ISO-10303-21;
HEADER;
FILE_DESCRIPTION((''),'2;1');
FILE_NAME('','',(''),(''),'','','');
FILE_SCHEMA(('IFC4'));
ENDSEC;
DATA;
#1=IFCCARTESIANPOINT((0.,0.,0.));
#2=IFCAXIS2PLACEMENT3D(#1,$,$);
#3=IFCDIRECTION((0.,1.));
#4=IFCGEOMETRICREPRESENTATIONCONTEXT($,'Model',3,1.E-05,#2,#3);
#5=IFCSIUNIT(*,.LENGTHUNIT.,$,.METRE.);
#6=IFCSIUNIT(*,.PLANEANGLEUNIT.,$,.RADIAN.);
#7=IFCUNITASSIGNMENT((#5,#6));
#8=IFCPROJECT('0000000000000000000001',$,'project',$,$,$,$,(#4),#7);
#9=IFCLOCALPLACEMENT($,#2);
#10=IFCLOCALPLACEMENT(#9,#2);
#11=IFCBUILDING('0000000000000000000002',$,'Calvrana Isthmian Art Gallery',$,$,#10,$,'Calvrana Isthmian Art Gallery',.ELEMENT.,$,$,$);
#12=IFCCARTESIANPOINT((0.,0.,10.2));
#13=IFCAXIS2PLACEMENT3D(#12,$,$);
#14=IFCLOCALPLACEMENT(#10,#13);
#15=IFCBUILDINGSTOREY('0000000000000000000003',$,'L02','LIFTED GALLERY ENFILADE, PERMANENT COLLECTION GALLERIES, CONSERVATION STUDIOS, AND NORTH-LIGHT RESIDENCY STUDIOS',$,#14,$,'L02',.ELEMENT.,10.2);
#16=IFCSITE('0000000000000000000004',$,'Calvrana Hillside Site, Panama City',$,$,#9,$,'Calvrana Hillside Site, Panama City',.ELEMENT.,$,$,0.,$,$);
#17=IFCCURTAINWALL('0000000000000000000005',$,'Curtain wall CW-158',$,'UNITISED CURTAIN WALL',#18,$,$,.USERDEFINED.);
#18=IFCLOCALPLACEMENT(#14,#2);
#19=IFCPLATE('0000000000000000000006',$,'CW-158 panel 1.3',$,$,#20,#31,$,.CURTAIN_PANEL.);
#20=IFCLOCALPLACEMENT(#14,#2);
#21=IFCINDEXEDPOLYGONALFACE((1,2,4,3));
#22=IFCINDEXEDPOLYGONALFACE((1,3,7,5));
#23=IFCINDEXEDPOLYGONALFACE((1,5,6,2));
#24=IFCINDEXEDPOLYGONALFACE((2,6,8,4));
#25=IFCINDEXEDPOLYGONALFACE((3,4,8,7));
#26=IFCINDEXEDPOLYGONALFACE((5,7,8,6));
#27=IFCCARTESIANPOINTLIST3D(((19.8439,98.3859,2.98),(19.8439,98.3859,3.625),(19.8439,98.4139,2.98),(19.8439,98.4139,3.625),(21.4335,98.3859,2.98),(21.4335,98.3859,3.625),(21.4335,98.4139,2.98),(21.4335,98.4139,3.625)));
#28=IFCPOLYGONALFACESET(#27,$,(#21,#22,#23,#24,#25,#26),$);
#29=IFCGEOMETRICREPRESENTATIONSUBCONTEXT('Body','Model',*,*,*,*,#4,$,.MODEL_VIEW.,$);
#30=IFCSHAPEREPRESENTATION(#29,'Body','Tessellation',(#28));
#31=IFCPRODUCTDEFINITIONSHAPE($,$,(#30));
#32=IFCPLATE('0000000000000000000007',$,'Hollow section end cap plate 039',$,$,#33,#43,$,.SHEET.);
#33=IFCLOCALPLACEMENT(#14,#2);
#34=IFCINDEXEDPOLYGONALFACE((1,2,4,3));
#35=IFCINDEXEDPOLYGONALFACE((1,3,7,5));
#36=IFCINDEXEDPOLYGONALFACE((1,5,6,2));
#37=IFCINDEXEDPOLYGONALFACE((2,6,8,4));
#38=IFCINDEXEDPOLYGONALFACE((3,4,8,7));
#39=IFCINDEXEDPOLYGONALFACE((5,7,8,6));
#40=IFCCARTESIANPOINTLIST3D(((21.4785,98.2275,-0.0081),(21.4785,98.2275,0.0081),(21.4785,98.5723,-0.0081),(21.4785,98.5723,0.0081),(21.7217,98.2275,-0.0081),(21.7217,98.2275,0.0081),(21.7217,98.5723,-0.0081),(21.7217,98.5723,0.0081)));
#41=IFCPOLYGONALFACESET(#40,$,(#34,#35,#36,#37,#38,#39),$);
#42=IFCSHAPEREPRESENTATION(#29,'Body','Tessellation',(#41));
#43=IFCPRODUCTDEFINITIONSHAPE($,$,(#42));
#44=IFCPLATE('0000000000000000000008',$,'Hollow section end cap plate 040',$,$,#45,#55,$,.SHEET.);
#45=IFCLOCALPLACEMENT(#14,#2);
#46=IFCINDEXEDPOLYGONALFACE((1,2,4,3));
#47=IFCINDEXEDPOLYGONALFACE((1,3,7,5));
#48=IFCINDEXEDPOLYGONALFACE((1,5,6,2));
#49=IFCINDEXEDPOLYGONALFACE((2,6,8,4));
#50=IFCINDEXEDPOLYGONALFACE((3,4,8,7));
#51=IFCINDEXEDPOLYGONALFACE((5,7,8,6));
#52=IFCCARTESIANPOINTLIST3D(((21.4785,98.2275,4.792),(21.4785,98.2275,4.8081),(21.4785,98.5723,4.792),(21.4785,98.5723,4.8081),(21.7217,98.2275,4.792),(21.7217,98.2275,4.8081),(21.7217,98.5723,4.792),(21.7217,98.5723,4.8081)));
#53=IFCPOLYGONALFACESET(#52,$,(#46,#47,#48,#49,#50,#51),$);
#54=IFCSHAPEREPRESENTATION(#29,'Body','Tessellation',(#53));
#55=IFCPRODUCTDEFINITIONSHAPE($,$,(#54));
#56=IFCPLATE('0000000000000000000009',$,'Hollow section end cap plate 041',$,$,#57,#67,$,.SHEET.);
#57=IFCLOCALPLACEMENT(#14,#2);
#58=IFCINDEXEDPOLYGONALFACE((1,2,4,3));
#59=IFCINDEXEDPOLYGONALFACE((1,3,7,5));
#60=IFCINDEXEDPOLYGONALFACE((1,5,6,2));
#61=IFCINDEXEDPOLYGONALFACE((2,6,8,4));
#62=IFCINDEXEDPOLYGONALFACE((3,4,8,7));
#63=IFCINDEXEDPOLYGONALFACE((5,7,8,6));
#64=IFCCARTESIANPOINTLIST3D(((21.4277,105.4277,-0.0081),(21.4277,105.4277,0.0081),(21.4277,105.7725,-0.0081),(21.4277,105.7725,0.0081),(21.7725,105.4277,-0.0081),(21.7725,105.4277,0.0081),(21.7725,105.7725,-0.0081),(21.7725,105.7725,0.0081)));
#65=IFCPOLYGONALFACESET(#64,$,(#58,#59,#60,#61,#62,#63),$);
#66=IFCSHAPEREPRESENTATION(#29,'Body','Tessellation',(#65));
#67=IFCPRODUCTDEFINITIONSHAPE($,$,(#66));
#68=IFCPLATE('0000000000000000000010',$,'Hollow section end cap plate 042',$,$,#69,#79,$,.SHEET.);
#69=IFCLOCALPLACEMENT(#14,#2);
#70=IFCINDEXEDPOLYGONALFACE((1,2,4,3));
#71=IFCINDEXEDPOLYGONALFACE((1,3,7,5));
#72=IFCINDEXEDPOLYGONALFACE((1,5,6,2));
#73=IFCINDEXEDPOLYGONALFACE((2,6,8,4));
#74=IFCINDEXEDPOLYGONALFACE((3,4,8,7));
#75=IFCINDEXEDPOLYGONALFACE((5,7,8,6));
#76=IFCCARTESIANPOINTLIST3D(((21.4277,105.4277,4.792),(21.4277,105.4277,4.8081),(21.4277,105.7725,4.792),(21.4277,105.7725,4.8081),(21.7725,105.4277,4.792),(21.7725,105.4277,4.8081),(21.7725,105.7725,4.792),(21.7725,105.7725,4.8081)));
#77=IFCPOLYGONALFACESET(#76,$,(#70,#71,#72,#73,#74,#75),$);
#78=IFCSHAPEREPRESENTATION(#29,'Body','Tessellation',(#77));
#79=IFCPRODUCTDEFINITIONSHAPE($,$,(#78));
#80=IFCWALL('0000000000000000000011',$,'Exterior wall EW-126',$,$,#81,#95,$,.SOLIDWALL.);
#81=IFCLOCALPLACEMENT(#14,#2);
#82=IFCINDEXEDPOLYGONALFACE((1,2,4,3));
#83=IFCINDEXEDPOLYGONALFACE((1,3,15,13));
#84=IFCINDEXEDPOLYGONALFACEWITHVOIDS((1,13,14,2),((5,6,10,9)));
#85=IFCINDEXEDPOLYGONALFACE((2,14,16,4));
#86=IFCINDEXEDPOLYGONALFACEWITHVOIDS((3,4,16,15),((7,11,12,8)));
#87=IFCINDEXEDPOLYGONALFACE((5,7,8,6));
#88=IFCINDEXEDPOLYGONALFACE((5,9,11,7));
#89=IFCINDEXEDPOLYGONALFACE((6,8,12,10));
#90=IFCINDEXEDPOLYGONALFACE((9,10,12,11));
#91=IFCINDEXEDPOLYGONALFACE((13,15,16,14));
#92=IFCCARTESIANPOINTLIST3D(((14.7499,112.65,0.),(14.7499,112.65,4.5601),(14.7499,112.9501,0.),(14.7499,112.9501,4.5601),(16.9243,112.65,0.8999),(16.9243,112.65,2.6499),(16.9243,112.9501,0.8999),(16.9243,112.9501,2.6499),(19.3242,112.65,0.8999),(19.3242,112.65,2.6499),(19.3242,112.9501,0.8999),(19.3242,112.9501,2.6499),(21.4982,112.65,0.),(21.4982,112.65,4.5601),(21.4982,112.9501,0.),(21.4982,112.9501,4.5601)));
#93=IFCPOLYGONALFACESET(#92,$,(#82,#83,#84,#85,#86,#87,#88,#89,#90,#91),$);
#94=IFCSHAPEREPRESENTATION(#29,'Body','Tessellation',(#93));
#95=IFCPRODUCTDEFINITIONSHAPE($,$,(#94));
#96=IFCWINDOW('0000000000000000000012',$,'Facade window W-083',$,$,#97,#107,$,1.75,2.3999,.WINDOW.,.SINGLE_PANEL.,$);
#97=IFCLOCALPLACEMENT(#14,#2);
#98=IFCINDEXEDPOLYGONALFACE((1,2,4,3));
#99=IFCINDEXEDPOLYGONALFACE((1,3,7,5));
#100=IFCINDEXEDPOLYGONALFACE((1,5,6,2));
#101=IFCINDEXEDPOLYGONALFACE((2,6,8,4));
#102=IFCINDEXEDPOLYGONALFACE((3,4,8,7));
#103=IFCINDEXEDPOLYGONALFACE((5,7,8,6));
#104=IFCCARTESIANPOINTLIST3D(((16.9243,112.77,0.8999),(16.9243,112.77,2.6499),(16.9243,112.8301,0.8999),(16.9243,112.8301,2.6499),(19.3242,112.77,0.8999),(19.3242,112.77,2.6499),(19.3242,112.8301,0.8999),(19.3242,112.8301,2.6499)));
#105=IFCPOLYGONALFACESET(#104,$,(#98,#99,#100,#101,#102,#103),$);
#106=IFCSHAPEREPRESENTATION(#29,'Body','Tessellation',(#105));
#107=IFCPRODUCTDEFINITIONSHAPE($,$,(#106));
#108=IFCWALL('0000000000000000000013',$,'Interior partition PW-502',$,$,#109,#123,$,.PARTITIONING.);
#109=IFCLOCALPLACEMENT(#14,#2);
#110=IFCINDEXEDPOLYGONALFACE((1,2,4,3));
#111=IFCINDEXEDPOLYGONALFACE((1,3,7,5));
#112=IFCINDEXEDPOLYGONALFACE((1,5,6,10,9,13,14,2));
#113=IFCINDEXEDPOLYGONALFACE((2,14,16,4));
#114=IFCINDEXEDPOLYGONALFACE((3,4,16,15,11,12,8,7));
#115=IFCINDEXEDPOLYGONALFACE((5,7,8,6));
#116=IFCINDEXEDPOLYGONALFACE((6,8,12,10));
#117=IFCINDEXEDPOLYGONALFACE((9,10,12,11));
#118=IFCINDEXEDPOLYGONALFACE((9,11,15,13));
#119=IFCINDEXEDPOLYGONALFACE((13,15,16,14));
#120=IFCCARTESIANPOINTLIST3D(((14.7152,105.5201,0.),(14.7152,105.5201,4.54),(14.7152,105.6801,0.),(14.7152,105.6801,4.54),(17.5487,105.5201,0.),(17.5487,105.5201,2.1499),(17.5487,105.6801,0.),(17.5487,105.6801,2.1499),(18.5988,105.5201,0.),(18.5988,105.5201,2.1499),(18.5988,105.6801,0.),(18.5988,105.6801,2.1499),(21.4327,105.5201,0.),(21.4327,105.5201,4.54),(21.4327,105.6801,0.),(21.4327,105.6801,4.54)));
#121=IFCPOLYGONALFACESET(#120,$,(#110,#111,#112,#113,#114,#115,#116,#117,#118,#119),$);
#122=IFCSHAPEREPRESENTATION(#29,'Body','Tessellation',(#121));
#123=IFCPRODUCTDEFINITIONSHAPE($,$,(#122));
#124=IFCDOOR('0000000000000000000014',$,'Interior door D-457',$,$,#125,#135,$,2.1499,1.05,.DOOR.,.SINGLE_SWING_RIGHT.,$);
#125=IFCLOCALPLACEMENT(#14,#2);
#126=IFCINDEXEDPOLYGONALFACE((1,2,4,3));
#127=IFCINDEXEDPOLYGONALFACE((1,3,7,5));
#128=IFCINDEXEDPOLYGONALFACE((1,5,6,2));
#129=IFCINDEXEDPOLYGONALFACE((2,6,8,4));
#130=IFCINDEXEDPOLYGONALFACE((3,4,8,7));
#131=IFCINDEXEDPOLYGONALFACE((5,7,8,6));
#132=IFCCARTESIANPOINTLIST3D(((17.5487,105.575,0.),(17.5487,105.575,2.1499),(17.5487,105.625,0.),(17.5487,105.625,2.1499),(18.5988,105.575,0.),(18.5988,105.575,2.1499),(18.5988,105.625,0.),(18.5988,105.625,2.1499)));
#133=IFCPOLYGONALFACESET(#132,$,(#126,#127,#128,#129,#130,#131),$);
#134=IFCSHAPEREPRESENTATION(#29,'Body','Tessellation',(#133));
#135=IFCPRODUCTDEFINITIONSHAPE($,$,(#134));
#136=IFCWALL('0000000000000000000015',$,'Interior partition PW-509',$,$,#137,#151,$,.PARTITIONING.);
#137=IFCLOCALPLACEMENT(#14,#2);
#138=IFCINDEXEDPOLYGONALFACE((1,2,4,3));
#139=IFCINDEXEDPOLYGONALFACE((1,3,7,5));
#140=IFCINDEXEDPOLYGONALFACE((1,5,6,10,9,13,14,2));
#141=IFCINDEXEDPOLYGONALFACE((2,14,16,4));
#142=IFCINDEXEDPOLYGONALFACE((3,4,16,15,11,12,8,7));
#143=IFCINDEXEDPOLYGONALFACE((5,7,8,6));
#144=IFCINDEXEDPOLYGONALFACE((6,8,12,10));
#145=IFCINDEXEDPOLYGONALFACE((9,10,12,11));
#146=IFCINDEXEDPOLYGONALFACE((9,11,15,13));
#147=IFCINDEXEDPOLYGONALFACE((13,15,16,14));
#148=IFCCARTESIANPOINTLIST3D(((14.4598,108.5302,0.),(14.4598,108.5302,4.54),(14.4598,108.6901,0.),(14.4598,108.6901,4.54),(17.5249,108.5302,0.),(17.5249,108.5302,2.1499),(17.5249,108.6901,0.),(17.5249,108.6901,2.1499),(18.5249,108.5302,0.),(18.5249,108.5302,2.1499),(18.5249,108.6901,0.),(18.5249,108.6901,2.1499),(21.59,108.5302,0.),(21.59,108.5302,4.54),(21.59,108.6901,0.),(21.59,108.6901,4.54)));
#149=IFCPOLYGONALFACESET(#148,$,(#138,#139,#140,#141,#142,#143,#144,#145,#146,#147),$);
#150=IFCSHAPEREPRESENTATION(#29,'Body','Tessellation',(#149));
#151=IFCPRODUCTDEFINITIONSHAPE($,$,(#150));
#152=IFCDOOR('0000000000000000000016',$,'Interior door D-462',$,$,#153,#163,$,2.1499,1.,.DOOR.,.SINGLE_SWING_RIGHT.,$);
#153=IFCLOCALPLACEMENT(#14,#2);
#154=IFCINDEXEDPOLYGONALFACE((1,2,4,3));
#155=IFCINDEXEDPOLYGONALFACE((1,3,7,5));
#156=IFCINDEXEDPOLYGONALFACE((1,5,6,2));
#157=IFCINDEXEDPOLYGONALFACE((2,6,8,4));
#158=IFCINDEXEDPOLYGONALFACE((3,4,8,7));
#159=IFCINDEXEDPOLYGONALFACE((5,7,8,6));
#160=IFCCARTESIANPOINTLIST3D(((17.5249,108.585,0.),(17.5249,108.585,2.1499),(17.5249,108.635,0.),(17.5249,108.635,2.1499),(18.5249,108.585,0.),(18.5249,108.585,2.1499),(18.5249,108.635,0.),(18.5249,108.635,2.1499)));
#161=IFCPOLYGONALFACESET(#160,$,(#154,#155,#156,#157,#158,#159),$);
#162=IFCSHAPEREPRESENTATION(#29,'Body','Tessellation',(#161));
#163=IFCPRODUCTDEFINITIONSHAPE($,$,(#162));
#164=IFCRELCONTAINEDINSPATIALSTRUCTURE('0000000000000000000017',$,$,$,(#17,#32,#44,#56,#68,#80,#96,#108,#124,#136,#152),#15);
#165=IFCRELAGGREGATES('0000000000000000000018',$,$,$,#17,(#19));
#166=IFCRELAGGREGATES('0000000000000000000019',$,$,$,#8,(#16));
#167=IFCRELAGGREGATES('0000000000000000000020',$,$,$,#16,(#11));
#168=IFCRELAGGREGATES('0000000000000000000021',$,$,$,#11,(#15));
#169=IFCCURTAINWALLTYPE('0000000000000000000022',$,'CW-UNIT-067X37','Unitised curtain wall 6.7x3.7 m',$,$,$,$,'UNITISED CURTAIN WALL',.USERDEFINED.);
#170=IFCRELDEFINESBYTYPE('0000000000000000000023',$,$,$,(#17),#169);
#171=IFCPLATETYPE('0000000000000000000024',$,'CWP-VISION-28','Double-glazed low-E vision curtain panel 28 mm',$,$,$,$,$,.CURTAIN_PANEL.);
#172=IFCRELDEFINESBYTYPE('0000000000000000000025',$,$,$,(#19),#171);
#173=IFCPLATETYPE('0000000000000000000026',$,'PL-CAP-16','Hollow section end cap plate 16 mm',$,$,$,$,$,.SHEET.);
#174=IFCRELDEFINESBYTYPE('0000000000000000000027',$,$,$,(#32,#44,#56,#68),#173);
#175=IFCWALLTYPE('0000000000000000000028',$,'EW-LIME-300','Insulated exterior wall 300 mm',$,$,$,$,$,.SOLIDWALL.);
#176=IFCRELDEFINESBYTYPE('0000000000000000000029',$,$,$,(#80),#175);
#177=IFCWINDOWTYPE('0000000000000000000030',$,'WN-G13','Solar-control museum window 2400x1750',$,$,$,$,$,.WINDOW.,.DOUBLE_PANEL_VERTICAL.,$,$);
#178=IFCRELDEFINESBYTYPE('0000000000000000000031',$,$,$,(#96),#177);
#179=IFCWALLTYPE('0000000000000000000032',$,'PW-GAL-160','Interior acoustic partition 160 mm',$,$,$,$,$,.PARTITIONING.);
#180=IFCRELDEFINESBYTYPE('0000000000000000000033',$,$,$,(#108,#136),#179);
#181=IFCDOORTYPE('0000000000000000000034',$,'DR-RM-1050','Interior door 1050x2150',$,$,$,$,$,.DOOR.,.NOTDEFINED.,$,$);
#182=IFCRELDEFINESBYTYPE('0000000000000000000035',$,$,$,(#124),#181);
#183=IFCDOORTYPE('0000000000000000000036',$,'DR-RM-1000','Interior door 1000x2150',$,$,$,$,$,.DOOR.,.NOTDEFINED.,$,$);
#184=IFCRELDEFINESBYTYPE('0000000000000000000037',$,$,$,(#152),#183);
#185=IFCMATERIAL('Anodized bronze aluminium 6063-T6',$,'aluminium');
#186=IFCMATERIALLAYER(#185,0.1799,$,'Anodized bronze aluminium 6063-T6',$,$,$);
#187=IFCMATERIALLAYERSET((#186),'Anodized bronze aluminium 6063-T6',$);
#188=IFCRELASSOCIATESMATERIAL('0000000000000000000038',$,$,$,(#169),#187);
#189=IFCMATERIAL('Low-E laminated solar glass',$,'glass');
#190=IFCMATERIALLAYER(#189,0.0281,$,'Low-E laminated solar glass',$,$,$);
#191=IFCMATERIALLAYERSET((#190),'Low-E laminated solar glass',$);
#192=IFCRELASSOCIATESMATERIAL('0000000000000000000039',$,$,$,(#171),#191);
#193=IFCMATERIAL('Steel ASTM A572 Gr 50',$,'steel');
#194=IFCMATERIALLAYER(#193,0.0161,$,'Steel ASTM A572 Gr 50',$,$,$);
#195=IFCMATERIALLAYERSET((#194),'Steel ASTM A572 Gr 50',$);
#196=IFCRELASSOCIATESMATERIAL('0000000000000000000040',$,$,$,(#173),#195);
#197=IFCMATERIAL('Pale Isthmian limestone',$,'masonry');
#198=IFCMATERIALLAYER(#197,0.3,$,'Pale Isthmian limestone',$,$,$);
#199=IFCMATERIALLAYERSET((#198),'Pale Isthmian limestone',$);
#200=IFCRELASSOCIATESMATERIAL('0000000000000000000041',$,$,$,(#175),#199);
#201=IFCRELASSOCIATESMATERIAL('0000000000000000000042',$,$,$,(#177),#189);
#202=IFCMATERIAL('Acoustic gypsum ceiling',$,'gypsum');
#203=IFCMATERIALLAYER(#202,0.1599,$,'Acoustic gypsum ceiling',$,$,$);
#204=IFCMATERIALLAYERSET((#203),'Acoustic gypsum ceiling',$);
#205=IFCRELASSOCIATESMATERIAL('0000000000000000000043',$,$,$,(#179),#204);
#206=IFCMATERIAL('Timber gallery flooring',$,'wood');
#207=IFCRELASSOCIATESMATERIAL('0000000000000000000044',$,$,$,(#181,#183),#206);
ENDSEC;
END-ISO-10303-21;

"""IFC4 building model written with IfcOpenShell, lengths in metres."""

from ifc_helpers import new_model, si_unit, direction, frame, frame_2d, origin, origin_2d, place, context, subcontext, project, spatial, rectangle, extrude, material, layer, layer_set, type_object, element, fill, aggregate, save


model = new_model("IFC4")

# Units and contexts
model_context = context("Model", 3, precision=1e-05, world=origin(), true_north=direction((0.0, 1.0)))
body_context = subcontext(model_context, "Body", "Model", "MODEL_VIEW")
ifc_project = project(units=[si_unit("LENGTHUNIT", "METRE"), si_unit("PLANEANGLEUNIT", "RADIAN")], contexts=[model_context])

# Site, building, storey
site_placement = place(None, origin())
site = spatial("IfcSite", under=ifc_project, at=site_placement, Name="Calvrana Hillside Site, Panama City", LongName="Calvrana Hillside Site, Panama City", CompositionType="ELEMENT", RefElevation=0.0)
building_placement = place(site_placement, origin())
building = spatial("IfcBuilding", under=site, at=building_placement, Name="Calvrana Isthmian Art Gallery", LongName="Calvrana Isthmian Art Gallery", CompositionType="ELEMENT")
storey_placement = place(building_placement, frame((0.0, 0.0, 10.2)))
storey = spatial("IfcBuildingStorey", under=building, at=storey_placement, Name="L02", Description="LIFTED GALLERY ENFILADE, PERMANENT COLLECTION GALLERIES, CONSERVATION STUDIOS, AND NORTH-LIGHT RESIDENCY STUDIOS", LongName="L02", CompositionType="ELEMENT", Elevation=10.2)

# Curtain wall, plate
ifc_material_1 = material(Name="Anodized bronze aluminium 6063-T6", Category="aluminium")
ifc_layer_1 = layer(ifc_material_1, 0.1799, Name="Anodized bronze aluminium 6063-T6")
ifc_layer_set_1 = layer_set([ifc_layer_1], Name="Anodized bronze aluminium 6063-T6")
curtain_wall_type = type_object("IfcCurtainWallType", Name="CW-UNIT-067X37", Description="Unitised curtain wall 6.7x3.7 m", ElementType="UNITISED CURTAIN WALL", PredefinedType="USERDEFINED", material=ifc_layer_set_1)
curtain_wall_placement = place(storey_placement, origin())
curtain_wall = element("IfcCurtainWall", 1, at=curtain_wall_placement, inside=storey, type_object=curtain_wall_type, Name="Curtain wall CW-158", ObjectType="UNITISED CURTAIN WALL", PredefinedType="USERDEFINED")
ifc_material_2 = material(Name="Low-E laminated solar glass", Category="glass")
ifc_layer_2 = layer(ifc_material_2, 0.0281, Name="Low-E laminated solar glass")
ifc_layer_set_2 = layer_set([ifc_layer_2], Name="Low-E laminated solar glass")
plate_type_1 = type_object("IfcPlateType", Name="CWP-VISION-28", Description="Double-glazed low-E vision curtain panel 28 mm", PredefinedType="CURTAIN_PANEL", material=ifc_layer_set_2)
plate_placement = place(storey_placement, frame((20.6387, 98.3999, 2.98), z_axis=(0.0, 0.0, 1.0), x_axis=(-1.0, 0.0, 0.0)))
plate = element("IfcPlate", 2, at=plate_placement, type_object=plate_type_1, Name="CW-158 panel 1.3", PredefinedType="CURTAIN_PANEL", context=body_context, shape_type="SweptSolid", body=[
    extrude(rectangle(XDim=1.5896, YDim=0.0281, at=origin_2d()), origin(), (0.0, 0.0, 1.0), 0.645),
])
aggregate(curtain_wall, [plate])

# Plates
ifc_material_3 = material(Name="Steel ASTM A572 Gr 50", Category="steel")
ifc_layer_3 = layer(ifc_material_3, 0.0161, Name="Steel ASTM A572 Gr 50")
ifc_layer_set_3 = layer_set([ifc_layer_3], Name="Steel ASTM A572 Gr 50")
plate_type_2 = type_object("IfcPlateType", Name="PL-CAP-16", Description="Hollow section end cap plate 16 mm", PredefinedType="SHEET", material=ifc_layer_set_3)
for number, where, z_axis, x_axis, name in (
    (3, (21.6001, 98.3999, -0.0081), (0.0, 0.0, 1.0), (1.0, 0.0, 0.0), "Hollow section end cap plate 039"),
    (4, (21.6001, 98.3999, 4.792), (0.0, 0.0, 1.0), (1.0, 0.0, 0.0), "Hollow section end cap plate 040"),
):
    element("IfcPlate", number, at=place(storey_placement, frame(where, z_axis=z_axis, x_axis=x_axis)), inside=storey, type_object=plate_type_2, Name=name, PredefinedType="SHEET", context=body_context, shape_type="SweptSolid", body=[
        extrude(rectangle(XDim=0.2432, YDim=0.3447, at=origin_2d()), origin(), (0.0, 0.0, 1.0), 0.0161),
    ])
for number, where, z_axis, x_axis, name in (
    (5, (21.6001, 105.6001, -0.0081), (0.0, 0.0, 1.0), (1.0, 0.0, 0.0), "Hollow section end cap plate 041"),
    (6, (21.6001, 105.6001, 4.792), (0.0, 0.0, 1.0), (1.0, 0.0, 0.0), "Hollow section end cap plate 042"),
):
    element("IfcPlate", number, at=place(storey_placement, frame(where, z_axis=z_axis, x_axis=x_axis)), inside=storey, type_object=plate_type_2, Name=name, PredefinedType="SHEET", context=body_context, shape_type="SweptSolid", body=[
        extrude(rectangle(XDim=0.3447, YDim=0.3447, at=origin_2d()), origin(), (0.0, 0.0, 1.0), 0.0161),
    ])

# Wall, opening, window
ifc_material_4 = material(Name="Pale Isthmian limestone", Category="masonry")
ifc_layer_4 = layer(ifc_material_4, 0.3, Name="Pale Isthmian limestone")
ifc_layer_set_4 = layer_set([ifc_layer_4], Name="Pale Isthmian limestone")
wall_type_1 = type_object("IfcWallType", Name="EW-LIME-300", Description="Insulated exterior wall 300 mm", PredefinedType="SOLIDWALL", material=ifc_layer_set_4)
wall_1_placement = place(storey_placement, frame((14.75, 112.8, 0.0), z_axis=(0.0, 0.0, 1.0), x_axis=(1.0, 0.0, 0.0)))
wall_1 = element("IfcWall", 7, at=wall_1_placement, inside=storey, type_object=wall_type_1, Name="Exterior wall EW-126", PredefinedType="SOLIDWALL", context=body_context, shape_type="SweptSolid", body=[
    extrude(rectangle(XDim=6.7483, YDim=0.3, at=frame_2d((3.374, 0.0))), origin(), (0.0, 0.0, 1.0), 4.5601),
])
opening_1_placement = place(wall_1_placement, frame((2.1743, 0.0, 0.8999)))
opening_1 = element("IfcOpeningElement", 8, at=opening_1_placement, cuts=wall_1, PredefinedType="OPENING", context=body_context, shape_type="SweptSolid", body=[
    extrude(rectangle(XDim=2.3999, YDim=1.75, at=frame_2d((1.2, 0.875))), frame((0.0, 0.1602, 0.0), z_axis=(0.0, -1.0, 0.0), x_axis=(1.0, 0.0, 0.0)), (0.0, 0.0, 1.0), 0.3206),
])
window_type = type_object("IfcWindowType", Name="WN-G13", Description="Solar-control museum window 2400x1750", PartitioningType="DOUBLE_PANEL_VERTICAL", PredefinedType="WINDOW", material=ifc_material_2)
window_placement = place(opening_1_placement, origin())
window = element("IfcWindow", 9, at=window_placement, inside=storey, type_object=window_type, Name="Facade window W-083", OverallHeight=1.75, OverallWidth=2.3999, PartitioningType="SINGLE_PANEL", PredefinedType="WINDOW", context=body_context, shape_type="SweptSolid", body=[
    extrude(rectangle(XDim=2.3999, YDim=1.75, at=frame_2d((1.2, 0.875))), frame((0.0, 0.03, 0.0), z_axis=(0.0, -1.0, 0.0), x_axis=(1.0, 0.0, 0.0)), (0.0, 0.0, 1.0), 0.0601),
])
fill(opening_1, window)

# Walls, openings, doors
ifc_material_5 = material(Name="Acoustic gypsum ceiling", Category="gypsum")
ifc_layer_5 = layer(ifc_material_5, 0.1599, Name="Acoustic gypsum ceiling")
ifc_layer_set_5 = layer_set([ifc_layer_5], Name="Acoustic gypsum ceiling")
wall_type_2 = type_object("IfcWallType", Name="PW-GAL-160", Description="Interior acoustic partition 160 mm", PredefinedType="PARTITIONING", material=ifc_layer_set_5)
wall_2_placement = place(storey_placement, frame((14.7151, 105.6001, 0.0), z_axis=(0.0, 0.0, 1.0), x_axis=(1.0, 0.0, 0.0)))
wall_2 = element("IfcWall", 10, at=wall_2_placement, inside=storey, type_object=wall_type_2, Name="Interior partition PW-502", PredefinedType="PARTITIONING", context=body_context, shape_type="SweptSolid", body=[
    extrude(rectangle(XDim=6.7175, YDim=0.1599, at=frame_2d((3.3589, 0.0))), origin(), (0.0, 0.0, 1.0), 4.54),
])
opening_2_placement = place(wall_2_placement, frame((2.8337, 0.0, 0.0)))
opening_2 = element("IfcOpeningElement", 11, at=opening_2_placement, cuts=wall_2, PredefinedType="OPENING", context=body_context, shape_type="SweptSolid", body=[
    extrude(rectangle(XDim=1.05, YDim=2.1499, at=frame_2d((0.5249, 1.075))), frame((0.0, 0.0903, 0.0), z_axis=(0.0, -1.0, 0.0), x_axis=(1.0, 0.0, 0.0)), (0.0, 0.0, 1.0), 0.1804),
])
ifc_material_6 = material(Name="Timber gallery flooring", Category="wood")
door_type_1 = type_object("IfcDoorType", Name="DR-RM-1050", Description="Interior door 1050x2150", OperationType="NOTDEFINED", PredefinedType="DOOR", material=ifc_material_6)
door_1_placement = place(opening_2_placement, origin())
door_1 = element("IfcDoor", 12, at=door_1_placement, inside=storey, type_object=door_type_1, Name="Interior door D-457", OperationType="SINGLE_SWING_RIGHT", OverallHeight=2.1499, OverallWidth=1.05, PredefinedType="DOOR", context=body_context, shape_type="SweptSolid", body=[
    extrude(rectangle(XDim=1.05, YDim=2.1499, at=frame_2d((0.5249, 1.075))), frame((0.0, 0.0249, 0.0), z_axis=(0.0, -1.0, 0.0), x_axis=(1.0, 0.0, 0.0)), (0.0, 0.0, 1.0), 0.05),
])
fill(opening_2, door_1)
wall_3_placement = place(storey_placement, frame((14.46, 108.6101, 0.0), z_axis=(0.0, 0.0, 1.0), x_axis=(1.0, 0.0, 0.0)))
wall_3 = element("IfcWall", 13, at=wall_3_placement, inside=storey, type_object=wall_type_2, Name="Interior partition PW-509", PredefinedType="PARTITIONING", context=body_context, shape_type="SweptSolid", body=[
    extrude(rectangle(XDim=7.1301, YDim=0.1599, at=frame_2d((3.5649, 0.0))), origin(), (0.0, 0.0, 1.0), 4.54),
])
opening_3_placement = place(wall_3_placement, frame((3.0649, 0.0, 0.0)))
opening_3 = element("IfcOpeningElement", 14, at=opening_3_placement, cuts=wall_3, PredefinedType="OPENING", context=body_context, shape_type="SweptSolid", body=[
    extrude(rectangle(XDim=1.0, YDim=2.1499, at=frame_2d((0.5, 1.075))), frame((0.0, 0.0903, 0.0), z_axis=(0.0, -1.0, 0.0), x_axis=(1.0, 0.0, 0.0)), (0.0, 0.0, 1.0), 0.1804),
])
door_type_2 = type_object("IfcDoorType", Name="DR-RM-1000", Description="Interior door 1000x2150", OperationType="NOTDEFINED", PredefinedType="DOOR", material=ifc_material_6)
door_2_placement = place(opening_3_placement, origin())
door_2 = element("IfcDoor", 15, at=door_2_placement, inside=storey, type_object=door_type_2, Name="Interior door D-462", OperationType="SINGLE_SWING_RIGHT", OverallHeight=2.1499, OverallWidth=1.0, PredefinedType="DOOR", context=body_context, shape_type="SweptSolid", body=[
    extrude(rectangle(XDim=1.0, YDim=2.1499, at=frame_2d((0.5, 1.075))), frame((0.0, 0.0249, 0.0), z_axis=(0.0, -1.0, 0.0), x_axis=(1.0, 0.0, 0.0)), (0.0, 0.0, 1.0), 0.05),
])
fill(opening_3, door_2)

save(model, "model.ifc")
